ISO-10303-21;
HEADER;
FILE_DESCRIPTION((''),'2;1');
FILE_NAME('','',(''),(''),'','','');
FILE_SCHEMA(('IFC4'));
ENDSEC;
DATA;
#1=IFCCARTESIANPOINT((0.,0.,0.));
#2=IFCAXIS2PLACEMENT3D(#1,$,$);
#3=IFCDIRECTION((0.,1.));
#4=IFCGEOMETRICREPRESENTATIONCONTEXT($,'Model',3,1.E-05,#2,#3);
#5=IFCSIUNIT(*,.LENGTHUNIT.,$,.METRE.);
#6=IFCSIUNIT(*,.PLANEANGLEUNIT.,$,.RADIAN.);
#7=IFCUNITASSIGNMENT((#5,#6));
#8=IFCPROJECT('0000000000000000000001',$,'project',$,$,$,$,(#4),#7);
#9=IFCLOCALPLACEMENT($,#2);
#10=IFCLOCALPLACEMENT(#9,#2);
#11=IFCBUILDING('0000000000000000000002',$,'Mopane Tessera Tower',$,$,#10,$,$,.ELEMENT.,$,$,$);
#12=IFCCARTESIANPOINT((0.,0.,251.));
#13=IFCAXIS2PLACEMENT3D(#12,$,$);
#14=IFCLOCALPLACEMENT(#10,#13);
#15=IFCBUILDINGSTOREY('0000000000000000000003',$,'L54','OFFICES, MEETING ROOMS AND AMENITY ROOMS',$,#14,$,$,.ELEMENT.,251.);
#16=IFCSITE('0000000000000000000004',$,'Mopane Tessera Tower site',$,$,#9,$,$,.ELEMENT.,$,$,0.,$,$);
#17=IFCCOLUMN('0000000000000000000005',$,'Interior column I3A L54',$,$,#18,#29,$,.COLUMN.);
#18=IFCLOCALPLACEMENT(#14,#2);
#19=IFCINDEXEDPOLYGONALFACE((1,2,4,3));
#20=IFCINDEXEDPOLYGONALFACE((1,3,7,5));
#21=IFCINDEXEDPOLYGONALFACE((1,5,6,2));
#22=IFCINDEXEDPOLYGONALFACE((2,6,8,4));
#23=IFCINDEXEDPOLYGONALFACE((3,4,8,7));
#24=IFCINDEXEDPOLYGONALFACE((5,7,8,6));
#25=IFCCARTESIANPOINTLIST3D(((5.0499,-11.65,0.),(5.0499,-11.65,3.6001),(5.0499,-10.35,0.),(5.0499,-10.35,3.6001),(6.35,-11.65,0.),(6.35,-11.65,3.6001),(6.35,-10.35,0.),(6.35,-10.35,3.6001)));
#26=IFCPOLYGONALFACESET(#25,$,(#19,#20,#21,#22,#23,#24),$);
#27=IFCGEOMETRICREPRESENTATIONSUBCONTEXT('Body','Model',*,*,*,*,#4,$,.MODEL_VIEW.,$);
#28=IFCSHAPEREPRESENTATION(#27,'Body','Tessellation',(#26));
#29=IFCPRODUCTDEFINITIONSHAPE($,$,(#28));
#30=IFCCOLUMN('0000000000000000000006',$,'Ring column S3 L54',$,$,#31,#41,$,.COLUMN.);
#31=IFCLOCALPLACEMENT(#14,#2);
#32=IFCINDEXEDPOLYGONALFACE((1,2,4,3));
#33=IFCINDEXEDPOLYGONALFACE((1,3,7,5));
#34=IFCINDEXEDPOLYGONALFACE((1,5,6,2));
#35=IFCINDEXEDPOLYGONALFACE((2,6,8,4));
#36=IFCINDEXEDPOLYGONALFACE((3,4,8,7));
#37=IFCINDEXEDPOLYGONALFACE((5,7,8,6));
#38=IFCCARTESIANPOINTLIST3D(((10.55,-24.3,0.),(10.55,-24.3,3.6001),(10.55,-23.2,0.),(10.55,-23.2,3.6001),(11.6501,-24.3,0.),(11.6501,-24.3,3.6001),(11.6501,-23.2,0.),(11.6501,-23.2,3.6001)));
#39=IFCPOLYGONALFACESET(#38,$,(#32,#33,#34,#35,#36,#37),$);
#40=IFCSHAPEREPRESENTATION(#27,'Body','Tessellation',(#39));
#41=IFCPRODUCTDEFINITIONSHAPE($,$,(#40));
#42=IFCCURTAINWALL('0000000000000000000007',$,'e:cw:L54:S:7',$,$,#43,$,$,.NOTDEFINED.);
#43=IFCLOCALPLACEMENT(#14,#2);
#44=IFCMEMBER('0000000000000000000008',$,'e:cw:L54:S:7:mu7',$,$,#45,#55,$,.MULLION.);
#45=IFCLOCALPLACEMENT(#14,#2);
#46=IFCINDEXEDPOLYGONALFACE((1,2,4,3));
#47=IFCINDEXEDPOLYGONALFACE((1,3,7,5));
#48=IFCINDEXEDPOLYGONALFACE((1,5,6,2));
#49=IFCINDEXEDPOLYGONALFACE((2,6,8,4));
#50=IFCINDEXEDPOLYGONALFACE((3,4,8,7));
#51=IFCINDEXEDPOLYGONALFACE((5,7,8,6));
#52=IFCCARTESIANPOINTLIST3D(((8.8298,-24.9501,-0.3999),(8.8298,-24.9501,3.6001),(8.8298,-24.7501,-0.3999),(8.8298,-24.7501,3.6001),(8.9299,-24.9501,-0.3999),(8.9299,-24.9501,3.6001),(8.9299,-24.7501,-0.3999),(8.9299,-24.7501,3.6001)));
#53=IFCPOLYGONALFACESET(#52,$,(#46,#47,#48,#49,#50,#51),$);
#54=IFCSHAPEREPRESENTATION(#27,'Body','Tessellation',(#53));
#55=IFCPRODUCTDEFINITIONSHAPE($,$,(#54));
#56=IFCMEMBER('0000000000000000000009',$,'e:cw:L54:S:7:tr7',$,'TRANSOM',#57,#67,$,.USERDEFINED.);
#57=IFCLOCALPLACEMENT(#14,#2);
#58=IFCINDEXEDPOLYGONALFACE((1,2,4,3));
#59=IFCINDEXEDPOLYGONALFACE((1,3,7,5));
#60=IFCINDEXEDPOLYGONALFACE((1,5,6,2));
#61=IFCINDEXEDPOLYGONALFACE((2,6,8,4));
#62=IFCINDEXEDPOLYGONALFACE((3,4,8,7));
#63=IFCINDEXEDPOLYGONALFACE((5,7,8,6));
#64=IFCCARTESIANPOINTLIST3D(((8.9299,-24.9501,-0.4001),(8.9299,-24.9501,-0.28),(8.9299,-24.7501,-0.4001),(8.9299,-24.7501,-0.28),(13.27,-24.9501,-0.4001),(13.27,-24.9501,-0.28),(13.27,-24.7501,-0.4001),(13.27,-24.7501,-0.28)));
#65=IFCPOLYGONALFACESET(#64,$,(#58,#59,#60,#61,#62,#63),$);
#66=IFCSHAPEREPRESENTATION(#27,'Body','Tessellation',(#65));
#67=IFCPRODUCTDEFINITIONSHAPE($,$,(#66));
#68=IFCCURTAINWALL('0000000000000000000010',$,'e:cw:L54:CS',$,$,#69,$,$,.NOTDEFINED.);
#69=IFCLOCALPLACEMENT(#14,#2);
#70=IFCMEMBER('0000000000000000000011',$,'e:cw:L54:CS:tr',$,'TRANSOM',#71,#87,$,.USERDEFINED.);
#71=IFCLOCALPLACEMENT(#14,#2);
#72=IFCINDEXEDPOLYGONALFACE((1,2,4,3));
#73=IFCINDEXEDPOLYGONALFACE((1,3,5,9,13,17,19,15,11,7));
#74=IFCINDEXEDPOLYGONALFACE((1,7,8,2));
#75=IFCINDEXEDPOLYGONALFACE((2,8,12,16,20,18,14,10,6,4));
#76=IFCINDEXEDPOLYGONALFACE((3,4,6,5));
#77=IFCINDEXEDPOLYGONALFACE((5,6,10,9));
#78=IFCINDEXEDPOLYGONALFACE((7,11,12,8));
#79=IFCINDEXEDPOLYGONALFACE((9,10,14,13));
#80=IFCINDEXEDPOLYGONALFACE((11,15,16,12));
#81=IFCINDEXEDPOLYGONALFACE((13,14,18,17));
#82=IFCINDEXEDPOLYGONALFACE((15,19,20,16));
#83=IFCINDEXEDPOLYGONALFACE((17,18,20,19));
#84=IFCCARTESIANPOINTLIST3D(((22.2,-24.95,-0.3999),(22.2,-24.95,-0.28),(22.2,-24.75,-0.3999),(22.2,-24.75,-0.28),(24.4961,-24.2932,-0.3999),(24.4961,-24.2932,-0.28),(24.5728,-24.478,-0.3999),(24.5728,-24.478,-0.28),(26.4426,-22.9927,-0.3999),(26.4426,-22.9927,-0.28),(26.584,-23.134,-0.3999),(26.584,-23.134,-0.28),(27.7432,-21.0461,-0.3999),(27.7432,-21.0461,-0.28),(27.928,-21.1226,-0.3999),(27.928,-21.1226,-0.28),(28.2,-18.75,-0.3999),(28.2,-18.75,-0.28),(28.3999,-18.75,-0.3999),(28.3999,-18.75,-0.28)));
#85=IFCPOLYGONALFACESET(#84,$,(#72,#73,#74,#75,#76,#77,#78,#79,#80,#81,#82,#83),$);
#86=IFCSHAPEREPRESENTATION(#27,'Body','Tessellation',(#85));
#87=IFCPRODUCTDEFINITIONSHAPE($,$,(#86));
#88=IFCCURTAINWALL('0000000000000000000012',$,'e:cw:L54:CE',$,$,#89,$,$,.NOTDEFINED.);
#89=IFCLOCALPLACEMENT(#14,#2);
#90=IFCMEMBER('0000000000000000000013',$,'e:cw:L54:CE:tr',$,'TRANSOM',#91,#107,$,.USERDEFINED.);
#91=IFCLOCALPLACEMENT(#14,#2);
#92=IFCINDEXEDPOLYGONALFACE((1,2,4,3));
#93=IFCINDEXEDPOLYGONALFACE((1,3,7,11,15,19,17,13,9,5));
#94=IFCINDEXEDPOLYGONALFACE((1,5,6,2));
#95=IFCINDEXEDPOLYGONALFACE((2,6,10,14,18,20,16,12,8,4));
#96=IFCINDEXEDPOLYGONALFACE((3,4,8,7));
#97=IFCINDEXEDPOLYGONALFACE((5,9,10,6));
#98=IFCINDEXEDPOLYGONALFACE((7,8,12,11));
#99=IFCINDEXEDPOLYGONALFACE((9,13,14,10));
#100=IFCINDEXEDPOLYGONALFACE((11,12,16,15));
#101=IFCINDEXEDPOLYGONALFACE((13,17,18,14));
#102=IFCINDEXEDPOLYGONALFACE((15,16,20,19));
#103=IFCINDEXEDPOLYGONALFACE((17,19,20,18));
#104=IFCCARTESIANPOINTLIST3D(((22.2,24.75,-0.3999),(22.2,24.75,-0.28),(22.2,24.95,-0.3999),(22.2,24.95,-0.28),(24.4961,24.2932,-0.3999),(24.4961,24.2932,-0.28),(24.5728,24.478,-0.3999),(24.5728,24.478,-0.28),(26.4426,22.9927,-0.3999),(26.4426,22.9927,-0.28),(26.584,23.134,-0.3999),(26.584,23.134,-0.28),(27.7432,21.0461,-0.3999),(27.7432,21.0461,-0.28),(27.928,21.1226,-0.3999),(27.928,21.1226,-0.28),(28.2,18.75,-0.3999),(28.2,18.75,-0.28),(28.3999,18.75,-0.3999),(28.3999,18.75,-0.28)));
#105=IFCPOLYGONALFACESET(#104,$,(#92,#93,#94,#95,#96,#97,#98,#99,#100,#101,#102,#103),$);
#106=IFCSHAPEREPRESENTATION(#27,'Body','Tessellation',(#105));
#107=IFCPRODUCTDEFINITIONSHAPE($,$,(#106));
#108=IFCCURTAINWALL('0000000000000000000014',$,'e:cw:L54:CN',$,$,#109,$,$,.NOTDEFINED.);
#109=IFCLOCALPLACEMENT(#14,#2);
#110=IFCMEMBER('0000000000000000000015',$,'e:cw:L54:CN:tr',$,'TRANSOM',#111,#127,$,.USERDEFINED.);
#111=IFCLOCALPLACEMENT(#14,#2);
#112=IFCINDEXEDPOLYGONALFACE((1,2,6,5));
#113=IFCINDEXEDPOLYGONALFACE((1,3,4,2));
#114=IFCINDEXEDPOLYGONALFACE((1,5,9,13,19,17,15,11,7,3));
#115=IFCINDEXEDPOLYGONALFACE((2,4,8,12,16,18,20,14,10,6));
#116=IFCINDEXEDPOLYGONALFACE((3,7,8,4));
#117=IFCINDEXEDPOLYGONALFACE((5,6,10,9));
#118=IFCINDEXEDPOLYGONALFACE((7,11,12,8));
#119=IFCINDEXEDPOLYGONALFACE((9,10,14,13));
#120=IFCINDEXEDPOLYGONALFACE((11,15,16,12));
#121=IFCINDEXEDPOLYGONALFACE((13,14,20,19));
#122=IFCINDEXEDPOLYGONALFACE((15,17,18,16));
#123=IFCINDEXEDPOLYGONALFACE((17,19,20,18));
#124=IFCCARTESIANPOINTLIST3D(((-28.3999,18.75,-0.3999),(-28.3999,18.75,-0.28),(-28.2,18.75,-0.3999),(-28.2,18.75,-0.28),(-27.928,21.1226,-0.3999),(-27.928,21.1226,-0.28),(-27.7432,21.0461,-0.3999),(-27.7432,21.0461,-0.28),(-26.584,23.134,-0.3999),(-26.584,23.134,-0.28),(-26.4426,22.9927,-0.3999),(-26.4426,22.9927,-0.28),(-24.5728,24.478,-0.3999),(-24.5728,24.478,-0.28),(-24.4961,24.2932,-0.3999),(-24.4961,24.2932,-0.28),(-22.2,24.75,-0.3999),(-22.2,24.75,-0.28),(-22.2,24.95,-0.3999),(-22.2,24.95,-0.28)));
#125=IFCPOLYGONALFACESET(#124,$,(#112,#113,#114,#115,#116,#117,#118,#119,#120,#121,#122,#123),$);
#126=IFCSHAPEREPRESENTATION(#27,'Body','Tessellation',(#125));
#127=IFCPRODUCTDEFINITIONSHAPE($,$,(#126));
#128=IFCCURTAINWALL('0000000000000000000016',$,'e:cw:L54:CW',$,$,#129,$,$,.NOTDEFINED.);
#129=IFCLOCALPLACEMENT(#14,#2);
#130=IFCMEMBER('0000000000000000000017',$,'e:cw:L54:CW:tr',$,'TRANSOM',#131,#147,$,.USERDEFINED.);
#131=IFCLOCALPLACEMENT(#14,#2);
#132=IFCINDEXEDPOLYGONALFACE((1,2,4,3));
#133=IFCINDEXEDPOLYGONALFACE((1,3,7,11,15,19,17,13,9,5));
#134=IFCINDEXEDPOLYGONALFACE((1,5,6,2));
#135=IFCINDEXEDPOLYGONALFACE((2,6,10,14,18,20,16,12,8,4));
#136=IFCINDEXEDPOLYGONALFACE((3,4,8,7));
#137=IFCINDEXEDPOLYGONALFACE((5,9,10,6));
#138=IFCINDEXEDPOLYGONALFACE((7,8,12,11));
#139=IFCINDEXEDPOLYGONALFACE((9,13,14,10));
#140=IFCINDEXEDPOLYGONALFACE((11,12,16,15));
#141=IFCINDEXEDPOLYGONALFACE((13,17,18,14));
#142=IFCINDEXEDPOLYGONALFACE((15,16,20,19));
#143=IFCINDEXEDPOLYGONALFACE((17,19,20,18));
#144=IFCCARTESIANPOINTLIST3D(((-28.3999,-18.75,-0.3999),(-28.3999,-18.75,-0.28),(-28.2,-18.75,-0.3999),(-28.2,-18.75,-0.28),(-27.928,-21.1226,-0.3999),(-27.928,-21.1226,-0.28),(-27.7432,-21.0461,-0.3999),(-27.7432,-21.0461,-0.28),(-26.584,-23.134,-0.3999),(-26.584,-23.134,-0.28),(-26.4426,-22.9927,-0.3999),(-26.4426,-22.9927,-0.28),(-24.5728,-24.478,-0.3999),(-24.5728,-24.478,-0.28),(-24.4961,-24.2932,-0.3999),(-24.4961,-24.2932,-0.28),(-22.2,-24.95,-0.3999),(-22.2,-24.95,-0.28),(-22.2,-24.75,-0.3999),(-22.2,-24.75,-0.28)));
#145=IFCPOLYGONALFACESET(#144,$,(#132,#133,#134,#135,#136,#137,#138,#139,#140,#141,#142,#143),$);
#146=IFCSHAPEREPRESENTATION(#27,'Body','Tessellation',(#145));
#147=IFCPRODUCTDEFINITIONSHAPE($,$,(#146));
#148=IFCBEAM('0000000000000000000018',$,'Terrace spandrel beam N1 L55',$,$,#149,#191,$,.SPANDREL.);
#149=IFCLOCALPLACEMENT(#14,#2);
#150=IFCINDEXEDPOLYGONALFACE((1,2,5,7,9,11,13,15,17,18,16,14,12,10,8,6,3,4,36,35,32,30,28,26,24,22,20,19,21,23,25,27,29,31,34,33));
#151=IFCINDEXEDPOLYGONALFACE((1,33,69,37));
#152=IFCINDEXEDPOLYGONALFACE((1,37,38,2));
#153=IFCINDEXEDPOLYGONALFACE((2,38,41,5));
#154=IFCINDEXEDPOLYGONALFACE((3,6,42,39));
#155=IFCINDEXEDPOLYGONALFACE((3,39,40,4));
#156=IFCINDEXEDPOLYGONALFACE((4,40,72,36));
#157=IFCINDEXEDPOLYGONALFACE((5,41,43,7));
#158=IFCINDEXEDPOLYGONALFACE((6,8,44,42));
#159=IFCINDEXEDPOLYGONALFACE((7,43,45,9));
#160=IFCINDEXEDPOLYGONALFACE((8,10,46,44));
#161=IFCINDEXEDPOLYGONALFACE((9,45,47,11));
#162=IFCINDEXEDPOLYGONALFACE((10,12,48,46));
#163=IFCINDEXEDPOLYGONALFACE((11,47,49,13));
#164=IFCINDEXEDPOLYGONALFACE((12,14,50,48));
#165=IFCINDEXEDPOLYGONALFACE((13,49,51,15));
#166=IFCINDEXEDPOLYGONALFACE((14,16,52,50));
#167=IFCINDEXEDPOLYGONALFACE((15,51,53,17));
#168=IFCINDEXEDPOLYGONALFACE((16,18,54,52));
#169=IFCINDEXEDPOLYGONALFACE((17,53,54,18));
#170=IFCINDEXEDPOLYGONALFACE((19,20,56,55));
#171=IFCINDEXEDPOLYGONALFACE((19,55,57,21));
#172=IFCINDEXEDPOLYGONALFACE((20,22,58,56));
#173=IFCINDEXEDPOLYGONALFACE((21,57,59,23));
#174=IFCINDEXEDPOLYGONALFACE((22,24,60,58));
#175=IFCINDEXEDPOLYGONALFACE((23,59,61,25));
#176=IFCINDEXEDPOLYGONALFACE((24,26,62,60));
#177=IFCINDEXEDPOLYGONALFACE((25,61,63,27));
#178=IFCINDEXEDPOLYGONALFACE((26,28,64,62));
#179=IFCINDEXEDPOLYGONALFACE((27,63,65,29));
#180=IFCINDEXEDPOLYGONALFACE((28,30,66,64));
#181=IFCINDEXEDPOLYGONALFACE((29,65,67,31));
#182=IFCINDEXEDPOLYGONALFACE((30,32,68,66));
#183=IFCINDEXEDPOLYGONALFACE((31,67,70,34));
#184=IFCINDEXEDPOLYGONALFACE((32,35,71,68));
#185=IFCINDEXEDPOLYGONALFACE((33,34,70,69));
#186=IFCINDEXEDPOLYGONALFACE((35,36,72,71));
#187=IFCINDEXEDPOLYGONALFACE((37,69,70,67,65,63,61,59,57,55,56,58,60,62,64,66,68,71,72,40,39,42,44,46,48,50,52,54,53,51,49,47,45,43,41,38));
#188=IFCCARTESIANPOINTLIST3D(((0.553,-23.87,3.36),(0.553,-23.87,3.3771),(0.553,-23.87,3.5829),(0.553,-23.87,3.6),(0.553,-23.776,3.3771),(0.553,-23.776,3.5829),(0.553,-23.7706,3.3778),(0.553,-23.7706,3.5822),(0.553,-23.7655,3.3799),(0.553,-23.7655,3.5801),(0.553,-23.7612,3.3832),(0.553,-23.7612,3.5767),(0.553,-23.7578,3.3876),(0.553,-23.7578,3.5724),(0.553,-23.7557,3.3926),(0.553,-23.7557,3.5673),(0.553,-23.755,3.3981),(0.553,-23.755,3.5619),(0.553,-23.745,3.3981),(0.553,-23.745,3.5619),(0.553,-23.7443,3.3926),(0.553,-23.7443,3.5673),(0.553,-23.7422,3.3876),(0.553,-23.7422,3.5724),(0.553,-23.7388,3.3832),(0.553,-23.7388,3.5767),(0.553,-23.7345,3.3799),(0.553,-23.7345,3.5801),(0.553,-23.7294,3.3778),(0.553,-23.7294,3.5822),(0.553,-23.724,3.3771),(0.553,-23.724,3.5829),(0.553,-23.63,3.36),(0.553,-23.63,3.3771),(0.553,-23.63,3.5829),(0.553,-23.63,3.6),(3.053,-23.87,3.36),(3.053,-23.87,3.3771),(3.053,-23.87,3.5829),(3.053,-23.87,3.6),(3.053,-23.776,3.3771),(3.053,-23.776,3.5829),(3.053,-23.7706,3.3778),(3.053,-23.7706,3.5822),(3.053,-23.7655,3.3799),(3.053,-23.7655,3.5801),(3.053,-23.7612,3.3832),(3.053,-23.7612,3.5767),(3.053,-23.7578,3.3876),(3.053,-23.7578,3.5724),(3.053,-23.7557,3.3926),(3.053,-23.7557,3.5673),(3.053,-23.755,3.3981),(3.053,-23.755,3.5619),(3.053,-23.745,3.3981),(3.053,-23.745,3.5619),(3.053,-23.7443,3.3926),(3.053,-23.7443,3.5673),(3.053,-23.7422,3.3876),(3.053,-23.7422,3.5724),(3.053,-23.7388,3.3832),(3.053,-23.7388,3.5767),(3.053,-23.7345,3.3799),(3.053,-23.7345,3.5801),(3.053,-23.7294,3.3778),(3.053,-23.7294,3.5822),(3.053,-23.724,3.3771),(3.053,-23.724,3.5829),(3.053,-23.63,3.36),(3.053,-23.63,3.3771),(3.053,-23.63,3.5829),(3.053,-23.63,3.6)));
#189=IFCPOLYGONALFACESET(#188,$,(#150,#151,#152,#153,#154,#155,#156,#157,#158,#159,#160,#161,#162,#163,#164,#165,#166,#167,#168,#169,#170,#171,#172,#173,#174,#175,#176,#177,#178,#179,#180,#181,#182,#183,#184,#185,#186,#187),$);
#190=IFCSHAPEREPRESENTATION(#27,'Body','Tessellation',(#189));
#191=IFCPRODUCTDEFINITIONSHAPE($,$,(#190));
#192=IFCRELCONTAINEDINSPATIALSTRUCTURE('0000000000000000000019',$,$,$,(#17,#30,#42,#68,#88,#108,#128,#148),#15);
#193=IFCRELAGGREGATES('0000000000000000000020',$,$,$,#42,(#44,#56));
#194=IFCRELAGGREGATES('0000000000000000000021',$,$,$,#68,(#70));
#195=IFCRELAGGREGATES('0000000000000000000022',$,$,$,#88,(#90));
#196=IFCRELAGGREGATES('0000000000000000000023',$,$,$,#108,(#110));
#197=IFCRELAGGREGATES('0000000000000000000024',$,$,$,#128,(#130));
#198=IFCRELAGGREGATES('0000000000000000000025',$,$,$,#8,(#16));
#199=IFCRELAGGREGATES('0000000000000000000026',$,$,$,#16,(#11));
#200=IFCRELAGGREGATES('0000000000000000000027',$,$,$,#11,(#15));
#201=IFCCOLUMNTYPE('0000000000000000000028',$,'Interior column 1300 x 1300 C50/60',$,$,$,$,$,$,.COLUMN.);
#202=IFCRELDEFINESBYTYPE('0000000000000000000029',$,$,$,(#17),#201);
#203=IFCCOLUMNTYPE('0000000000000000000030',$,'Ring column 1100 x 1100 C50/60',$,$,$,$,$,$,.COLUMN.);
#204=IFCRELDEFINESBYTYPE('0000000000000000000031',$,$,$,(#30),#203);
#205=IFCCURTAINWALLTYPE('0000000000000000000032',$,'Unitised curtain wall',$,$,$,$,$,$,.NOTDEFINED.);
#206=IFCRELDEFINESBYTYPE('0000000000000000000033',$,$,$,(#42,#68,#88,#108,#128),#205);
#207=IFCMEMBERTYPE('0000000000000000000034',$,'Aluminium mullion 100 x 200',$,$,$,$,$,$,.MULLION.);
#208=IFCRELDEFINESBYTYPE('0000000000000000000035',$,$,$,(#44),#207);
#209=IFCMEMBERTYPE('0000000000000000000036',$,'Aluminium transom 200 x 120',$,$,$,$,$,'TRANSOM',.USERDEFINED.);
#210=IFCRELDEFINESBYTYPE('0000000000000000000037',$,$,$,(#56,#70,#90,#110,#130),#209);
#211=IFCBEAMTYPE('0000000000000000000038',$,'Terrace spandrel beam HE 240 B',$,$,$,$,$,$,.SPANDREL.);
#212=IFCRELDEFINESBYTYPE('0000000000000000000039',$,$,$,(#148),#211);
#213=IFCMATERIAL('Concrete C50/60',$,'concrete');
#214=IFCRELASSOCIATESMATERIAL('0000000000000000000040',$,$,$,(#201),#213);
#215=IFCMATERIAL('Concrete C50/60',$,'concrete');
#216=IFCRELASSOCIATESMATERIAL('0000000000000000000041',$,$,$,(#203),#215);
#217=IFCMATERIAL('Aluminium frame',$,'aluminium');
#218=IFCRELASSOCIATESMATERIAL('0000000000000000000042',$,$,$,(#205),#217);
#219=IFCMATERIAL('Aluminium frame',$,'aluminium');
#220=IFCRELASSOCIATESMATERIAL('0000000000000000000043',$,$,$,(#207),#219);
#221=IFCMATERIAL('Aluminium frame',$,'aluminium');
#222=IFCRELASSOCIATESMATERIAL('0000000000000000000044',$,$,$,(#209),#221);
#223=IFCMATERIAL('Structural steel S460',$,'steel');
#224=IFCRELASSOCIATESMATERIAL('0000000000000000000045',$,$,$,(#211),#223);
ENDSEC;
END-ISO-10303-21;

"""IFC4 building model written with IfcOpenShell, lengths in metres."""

from ifc_helpers import new_model, si_unit, direction, frame, origin, origin_2d, place, context, subcontext, project, spatial, polyline, rectangle, i_section, outline, extrude, material, material_profile, profile_set, type_object, element, aggregate, save


model = new_model("IFC4")

# Units and contexts
model_context = context("Model", 3, precision=1e-05, world=origin(), true_north=direction((0.0, 1.0)))
body_context = subcontext(model_context, "Body", "Model", "MODEL_VIEW")
ifc_project = project(units=[si_unit("LENGTHUNIT", "METRE"), si_unit("PLANEANGLEUNIT", "RADIAN")], contexts=[model_context])

# Site, building, storey
site_placement = place(None, origin())
site = spatial("IfcSite", under=ifc_project, at=site_placement, Name="Mopane Tessera Tower site", CompositionType="ELEMENT", RefElevation=0.0)
building_placement = place(site_placement, origin())
building = spatial("IfcBuilding", under=site, at=building_placement, Name="Mopane Tessera Tower", CompositionType="ELEMENT")
storey_placement = place(building_placement, frame((0.0, 0.0, 251.0)))
storey = spatial("IfcBuildingStorey", under=building, at=storey_placement, Name="L54", Description="OFFICES, MEETING ROOMS AND AMENITY ROOMS", CompositionType="ELEMENT", Elevation=251.0)

# Columns
ifc_material_1 = material(Name="Concrete C50/60", Category="concrete")
ifc_material_profile_1 = material_profile(ifc_material_1, rectangle(XDim=1.3, YDim=1.3, at=origin_2d()))
ifc_profile_set_1 = profile_set([ifc_material_profile_1], Name="Concrete C50/60")
column_type_1 = type_object("IfcColumnType", Name="Interior column 1300 x 1300 C50/60", PredefinedType="COLUMN", material=ifc_profile_set_1)
column_1_placement = place(storey_placement, frame((5.7, -11.0, 0.0), z_axis=(0.0, 0.0, 1.0), x_axis=(1.0, 0.0, 0.0)))
element("IfcColumn", 1, at=column_1_placement, inside=storey, type_object=column_type_1, Name="Interior column I3A L54", PredefinedType="COLUMN", context=body_context, shape_type="SweptSolid", body=[
    extrude(rectangle(XDim=1.3, YDim=1.3, at=origin_2d()), origin(), (0.0, 0.0, 1.0), 3.6001),
])
ifc_material_2 = material(Name="Concrete C50/60", Category="concrete")
ifc_material_profile_2 = material_profile(ifc_material_2, rectangle(XDim=1.1001, YDim=1.1001, at=origin_2d()))
ifc_profile_set_2 = profile_set([ifc_material_profile_2], Name="Concrete C50/60")
column_type_2 = type_object("IfcColumnType", Name="Ring column 1100 x 1100 C50/60", PredefinedType="COLUMN", material=ifc_profile_set_2)
column_2_placement = place(storey_placement, frame((11.1001, -23.75, 0.0), z_axis=(0.0, 0.0, 1.0), x_axis=(1.0, 0.0, 0.0)))
element("IfcColumn", 2, at=column_2_placement, inside=storey, type_object=column_type_2, Name="Ring column S3 L54", PredefinedType="COLUMN", context=body_context, shape_type="SweptSolid", body=[
    extrude(rectangle(XDim=1.1001, YDim=1.1001, at=origin_2d()), origin(), (0.0, 0.0, 1.0), 3.6001),
])

# Curtain wall, members
ifc_material_3 = material(Name="Aluminium frame", Category="aluminium")
curtain_wall_type = type_object("IfcCurtainWallType", Name="Unitised curtain wall", PredefinedType="NOTDEFINED", material=ifc_material_3)
curtain_wall_1_placement = place(storey_placement, origin())
curtain_wall_1 = element("IfcCurtainWall", 3, at=curtain_wall_1_placement, inside=storey, type_object=curtain_wall_type, Name="e:cw:L54:S:7", PredefinedType="NOTDEFINED")
ifc_material_4 = material(Name="Aluminium frame", Category="aluminium")
ifc_material_profile_3 = material_profile(ifc_material_4, rectangle(XDim=0.1001, YDim=0.2, at=origin_2d()))
ifc_profile_set_3 = profile_set([ifc_material_profile_3], Name="Aluminium frame")
member_type_1 = type_object("IfcMemberType", Name="Aluminium mullion 100 x 200", PredefinedType="MULLION", material=ifc_profile_set_3)
member_1_placement = place(storey_placement, frame((8.8799, -24.8501, -0.3999), z_axis=(0.0, 0.0, 1.0), x_axis=(1.0, 0.0, 0.0)))
member_1 = element("IfcMember", 4, at=member_1_placement, type_object=member_type_1, Name="e:cw:L54:S:7:mu7", PredefinedType="MULLION", context=body_context, shape_type="SweptSolid", body=[
    extrude(rectangle(XDim=0.1001, YDim=0.2, at=origin_2d()), origin(), (0.0, 0.0, 1.0), 4.0),
])
ifc_material_5 = material(Name="Aluminium frame", Category="aluminium")
ifc_material_profile_4 = material_profile(ifc_material_5, rectangle(XDim=0.2, YDim=0.1201, at=origin_2d()))
ifc_profile_set_4 = profile_set([ifc_material_profile_4], Name="Aluminium frame")
member_type_2 = type_object("IfcMemberType", Name="Aluminium transom 200 x 120", ElementType="TRANSOM", PredefinedType="USERDEFINED", material=ifc_profile_set_4)
member_2_placement = place(storey_placement, frame((8.9299, -24.8501, -0.3401), z_axis=(1.0, 0.0, 0.0), x_axis=(0.0, 1.0, 0.0)))
member_2 = element("IfcMember", 5, at=member_2_placement, type_object=member_type_2, Name="e:cw:L54:S:7:tr7", ObjectType="TRANSOM", PredefinedType="USERDEFINED", context=body_context, shape_type="SweptSolid", body=[
    extrude(rectangle(XDim=0.2, YDim=0.1201, at=origin_2d()), origin(), (0.0, 0.0, 1.0), 4.3401),
])

# Curtain walls, members
curtain_wall_2_placement = place(storey_placement, origin())
curtain_wall_2 = element("IfcCurtainWall", 6, at=curtain_wall_2_placement, inside=storey, type_object=curtain_wall_type, Name="e:cw:L54:CS", PredefinedType="NOTDEFINED")
member_3_placement = place(storey_placement, frame((0.0, 0.0, -0.3999)))
member_3 = element("IfcMember", 7, at=member_3_placement, type_object=member_type_2, Name="e:cw:L54:CS:tr", ObjectType="TRANSOM", PredefinedType="USERDEFINED", context=body_context, shape_type="SweptSolid", body=[
    extrude(outline(polyline([(22.2, -24.75), (24.4961, -24.2932), (26.4426, -22.9927), (27.7432, -21.0461), (28.2, -18.75), (28.3999, -18.75), (27.928, -21.1226), (26.584, -23.134), (24.5728, -24.478), (22.2, -24.95), (22.2, -24.75)])), origin(), (0.0, 0.0, 1.0), 0.1199),
])
curtain_wall_3_placement = place(storey_placement, origin())
curtain_wall_3 = element("IfcCurtainWall", 8, at=curtain_wall_3_placement, inside=storey, type_object=curtain_wall_type, Name="e:cw:L54:CE", PredefinedType="NOTDEFINED")
member_4_placement = place(storey_placement, frame((0.0, 0.0, -0.3999)))
member_4 = element("IfcMember", 9, at=member_4_placement, type_object=member_type_2, Name="e:cw:L54:CE:tr", ObjectType="TRANSOM", PredefinedType="USERDEFINED", context=body_context, shape_type="SweptSolid", body=[
    extrude(outline(polyline([(28.2, 18.75), (27.7432, 21.0461), (26.4426, 22.9927), (24.4961, 24.2932), (22.2, 24.75), (22.2, 24.95), (24.5728, 24.478), (26.584, 23.134), (27.928, 21.1226), (28.3999, 18.75), (28.2, 18.75)])), origin(), (0.0, 0.0, 1.0), 0.1199),
])
curtain_wall_4_placement = place(storey_placement, origin())
curtain_wall_4 = element("IfcCurtainWall", 10, at=curtain_wall_4_placement, inside=storey, type_object=curtain_wall_type, Name="e:cw:L54:CN", PredefinedType="NOTDEFINED")
member_5_placement = place(storey_placement, frame((0.0, 0.0, -0.3999)))
member_5 = element("IfcMember", 11, at=member_5_placement, type_object=member_type_2, Name="e:cw:L54:CN:tr", ObjectType="TRANSOM", PredefinedType="USERDEFINED", context=body_context, shape_type="SweptSolid", body=[
    extrude(outline(polyline([(-22.2, 24.75), (-24.4961, 24.2932), (-26.4426, 22.9927), (-27.7432, 21.0461), (-28.2, 18.75), (-28.3999, 18.75), (-27.928, 21.1226), (-26.584, 23.134), (-24.5728, 24.478), (-22.2, 24.95), (-22.2, 24.75)])), origin(), (0.0, 0.0, 1.0), 0.1199),
])
curtain_wall_5_placement = place(storey_placement, origin())
curtain_wall_5 = element("IfcCurtainWall", 12, at=curtain_wall_5_placement, inside=storey, type_object=curtain_wall_type, Name="e:cw:L54:CW", PredefinedType="NOTDEFINED")
member_6_placement = place(storey_placement, frame((0.0, 0.0, -0.3999)))
member_6 = element("IfcMember", 13, at=member_6_placement, type_object=member_type_2, Name="e:cw:L54:CW:tr", ObjectType="TRANSOM", PredefinedType="USERDEFINED", context=body_context, shape_type="SweptSolid", body=[
    extrude(outline(polyline([(-28.2, -18.75), (-27.7432, -21.0461), (-26.4426, -22.9927), (-24.4961, -24.2932), (-22.2, -24.75), (-22.2, -24.95), (-24.5728, -24.478), (-26.584, -23.134), (-27.928, -21.1226), (-28.3999, -18.75), (-28.2, -18.75)])), origin(), (0.0, 0.0, 1.0), 0.1199),
])

# Beam
ifc_material_6 = material(Name="Structural steel S460", Category="steel")
ifc_material_profile_5 = material_profile(ifc_material_6, i_section(OverallWidth=0.24, OverallDepth=0.24, WebThickness=0.01, FlangeThickness=0.0171, FilletRadius=0.021, at=origin_2d()))
ifc_profile_set_5 = profile_set([ifc_material_profile_5], Name="Structural steel S460")
beam_type = type_object("IfcBeamType", Name="Terrace spandrel beam HE 240 B", PredefinedType="SPANDREL", material=ifc_profile_set_5)
beam_placement = place(storey_placement, frame((0.553, -23.75, 3.48), z_axis=(1.0, 0.0, 0.0), x_axis=(0.0, 1.0, 0.0)))
element("IfcBeam", 14, at=beam_placement, inside=storey, type_object=beam_type, Name="Terrace spandrel beam N1 L55", PredefinedType="SPANDREL", context=body_context, shape_type="SweptSolid", body=[
    extrude(i_section(OverallWidth=0.24, OverallDepth=0.24, WebThickness=0.01, FlangeThickness=0.0171, FilletRadius=0.021, at=origin_2d()), origin(), (0.0, 0.0, 1.0), 2.5),
])

aggregate(curtain_wall_1, [member_1, member_2])
aggregate(curtain_wall_2, [member_3])
aggregate(curtain_wall_3, [member_4])
aggregate(curtain_wall_4, [member_5])
aggregate(curtain_wall_5, [member_6])

save(model, "model.ifc")
